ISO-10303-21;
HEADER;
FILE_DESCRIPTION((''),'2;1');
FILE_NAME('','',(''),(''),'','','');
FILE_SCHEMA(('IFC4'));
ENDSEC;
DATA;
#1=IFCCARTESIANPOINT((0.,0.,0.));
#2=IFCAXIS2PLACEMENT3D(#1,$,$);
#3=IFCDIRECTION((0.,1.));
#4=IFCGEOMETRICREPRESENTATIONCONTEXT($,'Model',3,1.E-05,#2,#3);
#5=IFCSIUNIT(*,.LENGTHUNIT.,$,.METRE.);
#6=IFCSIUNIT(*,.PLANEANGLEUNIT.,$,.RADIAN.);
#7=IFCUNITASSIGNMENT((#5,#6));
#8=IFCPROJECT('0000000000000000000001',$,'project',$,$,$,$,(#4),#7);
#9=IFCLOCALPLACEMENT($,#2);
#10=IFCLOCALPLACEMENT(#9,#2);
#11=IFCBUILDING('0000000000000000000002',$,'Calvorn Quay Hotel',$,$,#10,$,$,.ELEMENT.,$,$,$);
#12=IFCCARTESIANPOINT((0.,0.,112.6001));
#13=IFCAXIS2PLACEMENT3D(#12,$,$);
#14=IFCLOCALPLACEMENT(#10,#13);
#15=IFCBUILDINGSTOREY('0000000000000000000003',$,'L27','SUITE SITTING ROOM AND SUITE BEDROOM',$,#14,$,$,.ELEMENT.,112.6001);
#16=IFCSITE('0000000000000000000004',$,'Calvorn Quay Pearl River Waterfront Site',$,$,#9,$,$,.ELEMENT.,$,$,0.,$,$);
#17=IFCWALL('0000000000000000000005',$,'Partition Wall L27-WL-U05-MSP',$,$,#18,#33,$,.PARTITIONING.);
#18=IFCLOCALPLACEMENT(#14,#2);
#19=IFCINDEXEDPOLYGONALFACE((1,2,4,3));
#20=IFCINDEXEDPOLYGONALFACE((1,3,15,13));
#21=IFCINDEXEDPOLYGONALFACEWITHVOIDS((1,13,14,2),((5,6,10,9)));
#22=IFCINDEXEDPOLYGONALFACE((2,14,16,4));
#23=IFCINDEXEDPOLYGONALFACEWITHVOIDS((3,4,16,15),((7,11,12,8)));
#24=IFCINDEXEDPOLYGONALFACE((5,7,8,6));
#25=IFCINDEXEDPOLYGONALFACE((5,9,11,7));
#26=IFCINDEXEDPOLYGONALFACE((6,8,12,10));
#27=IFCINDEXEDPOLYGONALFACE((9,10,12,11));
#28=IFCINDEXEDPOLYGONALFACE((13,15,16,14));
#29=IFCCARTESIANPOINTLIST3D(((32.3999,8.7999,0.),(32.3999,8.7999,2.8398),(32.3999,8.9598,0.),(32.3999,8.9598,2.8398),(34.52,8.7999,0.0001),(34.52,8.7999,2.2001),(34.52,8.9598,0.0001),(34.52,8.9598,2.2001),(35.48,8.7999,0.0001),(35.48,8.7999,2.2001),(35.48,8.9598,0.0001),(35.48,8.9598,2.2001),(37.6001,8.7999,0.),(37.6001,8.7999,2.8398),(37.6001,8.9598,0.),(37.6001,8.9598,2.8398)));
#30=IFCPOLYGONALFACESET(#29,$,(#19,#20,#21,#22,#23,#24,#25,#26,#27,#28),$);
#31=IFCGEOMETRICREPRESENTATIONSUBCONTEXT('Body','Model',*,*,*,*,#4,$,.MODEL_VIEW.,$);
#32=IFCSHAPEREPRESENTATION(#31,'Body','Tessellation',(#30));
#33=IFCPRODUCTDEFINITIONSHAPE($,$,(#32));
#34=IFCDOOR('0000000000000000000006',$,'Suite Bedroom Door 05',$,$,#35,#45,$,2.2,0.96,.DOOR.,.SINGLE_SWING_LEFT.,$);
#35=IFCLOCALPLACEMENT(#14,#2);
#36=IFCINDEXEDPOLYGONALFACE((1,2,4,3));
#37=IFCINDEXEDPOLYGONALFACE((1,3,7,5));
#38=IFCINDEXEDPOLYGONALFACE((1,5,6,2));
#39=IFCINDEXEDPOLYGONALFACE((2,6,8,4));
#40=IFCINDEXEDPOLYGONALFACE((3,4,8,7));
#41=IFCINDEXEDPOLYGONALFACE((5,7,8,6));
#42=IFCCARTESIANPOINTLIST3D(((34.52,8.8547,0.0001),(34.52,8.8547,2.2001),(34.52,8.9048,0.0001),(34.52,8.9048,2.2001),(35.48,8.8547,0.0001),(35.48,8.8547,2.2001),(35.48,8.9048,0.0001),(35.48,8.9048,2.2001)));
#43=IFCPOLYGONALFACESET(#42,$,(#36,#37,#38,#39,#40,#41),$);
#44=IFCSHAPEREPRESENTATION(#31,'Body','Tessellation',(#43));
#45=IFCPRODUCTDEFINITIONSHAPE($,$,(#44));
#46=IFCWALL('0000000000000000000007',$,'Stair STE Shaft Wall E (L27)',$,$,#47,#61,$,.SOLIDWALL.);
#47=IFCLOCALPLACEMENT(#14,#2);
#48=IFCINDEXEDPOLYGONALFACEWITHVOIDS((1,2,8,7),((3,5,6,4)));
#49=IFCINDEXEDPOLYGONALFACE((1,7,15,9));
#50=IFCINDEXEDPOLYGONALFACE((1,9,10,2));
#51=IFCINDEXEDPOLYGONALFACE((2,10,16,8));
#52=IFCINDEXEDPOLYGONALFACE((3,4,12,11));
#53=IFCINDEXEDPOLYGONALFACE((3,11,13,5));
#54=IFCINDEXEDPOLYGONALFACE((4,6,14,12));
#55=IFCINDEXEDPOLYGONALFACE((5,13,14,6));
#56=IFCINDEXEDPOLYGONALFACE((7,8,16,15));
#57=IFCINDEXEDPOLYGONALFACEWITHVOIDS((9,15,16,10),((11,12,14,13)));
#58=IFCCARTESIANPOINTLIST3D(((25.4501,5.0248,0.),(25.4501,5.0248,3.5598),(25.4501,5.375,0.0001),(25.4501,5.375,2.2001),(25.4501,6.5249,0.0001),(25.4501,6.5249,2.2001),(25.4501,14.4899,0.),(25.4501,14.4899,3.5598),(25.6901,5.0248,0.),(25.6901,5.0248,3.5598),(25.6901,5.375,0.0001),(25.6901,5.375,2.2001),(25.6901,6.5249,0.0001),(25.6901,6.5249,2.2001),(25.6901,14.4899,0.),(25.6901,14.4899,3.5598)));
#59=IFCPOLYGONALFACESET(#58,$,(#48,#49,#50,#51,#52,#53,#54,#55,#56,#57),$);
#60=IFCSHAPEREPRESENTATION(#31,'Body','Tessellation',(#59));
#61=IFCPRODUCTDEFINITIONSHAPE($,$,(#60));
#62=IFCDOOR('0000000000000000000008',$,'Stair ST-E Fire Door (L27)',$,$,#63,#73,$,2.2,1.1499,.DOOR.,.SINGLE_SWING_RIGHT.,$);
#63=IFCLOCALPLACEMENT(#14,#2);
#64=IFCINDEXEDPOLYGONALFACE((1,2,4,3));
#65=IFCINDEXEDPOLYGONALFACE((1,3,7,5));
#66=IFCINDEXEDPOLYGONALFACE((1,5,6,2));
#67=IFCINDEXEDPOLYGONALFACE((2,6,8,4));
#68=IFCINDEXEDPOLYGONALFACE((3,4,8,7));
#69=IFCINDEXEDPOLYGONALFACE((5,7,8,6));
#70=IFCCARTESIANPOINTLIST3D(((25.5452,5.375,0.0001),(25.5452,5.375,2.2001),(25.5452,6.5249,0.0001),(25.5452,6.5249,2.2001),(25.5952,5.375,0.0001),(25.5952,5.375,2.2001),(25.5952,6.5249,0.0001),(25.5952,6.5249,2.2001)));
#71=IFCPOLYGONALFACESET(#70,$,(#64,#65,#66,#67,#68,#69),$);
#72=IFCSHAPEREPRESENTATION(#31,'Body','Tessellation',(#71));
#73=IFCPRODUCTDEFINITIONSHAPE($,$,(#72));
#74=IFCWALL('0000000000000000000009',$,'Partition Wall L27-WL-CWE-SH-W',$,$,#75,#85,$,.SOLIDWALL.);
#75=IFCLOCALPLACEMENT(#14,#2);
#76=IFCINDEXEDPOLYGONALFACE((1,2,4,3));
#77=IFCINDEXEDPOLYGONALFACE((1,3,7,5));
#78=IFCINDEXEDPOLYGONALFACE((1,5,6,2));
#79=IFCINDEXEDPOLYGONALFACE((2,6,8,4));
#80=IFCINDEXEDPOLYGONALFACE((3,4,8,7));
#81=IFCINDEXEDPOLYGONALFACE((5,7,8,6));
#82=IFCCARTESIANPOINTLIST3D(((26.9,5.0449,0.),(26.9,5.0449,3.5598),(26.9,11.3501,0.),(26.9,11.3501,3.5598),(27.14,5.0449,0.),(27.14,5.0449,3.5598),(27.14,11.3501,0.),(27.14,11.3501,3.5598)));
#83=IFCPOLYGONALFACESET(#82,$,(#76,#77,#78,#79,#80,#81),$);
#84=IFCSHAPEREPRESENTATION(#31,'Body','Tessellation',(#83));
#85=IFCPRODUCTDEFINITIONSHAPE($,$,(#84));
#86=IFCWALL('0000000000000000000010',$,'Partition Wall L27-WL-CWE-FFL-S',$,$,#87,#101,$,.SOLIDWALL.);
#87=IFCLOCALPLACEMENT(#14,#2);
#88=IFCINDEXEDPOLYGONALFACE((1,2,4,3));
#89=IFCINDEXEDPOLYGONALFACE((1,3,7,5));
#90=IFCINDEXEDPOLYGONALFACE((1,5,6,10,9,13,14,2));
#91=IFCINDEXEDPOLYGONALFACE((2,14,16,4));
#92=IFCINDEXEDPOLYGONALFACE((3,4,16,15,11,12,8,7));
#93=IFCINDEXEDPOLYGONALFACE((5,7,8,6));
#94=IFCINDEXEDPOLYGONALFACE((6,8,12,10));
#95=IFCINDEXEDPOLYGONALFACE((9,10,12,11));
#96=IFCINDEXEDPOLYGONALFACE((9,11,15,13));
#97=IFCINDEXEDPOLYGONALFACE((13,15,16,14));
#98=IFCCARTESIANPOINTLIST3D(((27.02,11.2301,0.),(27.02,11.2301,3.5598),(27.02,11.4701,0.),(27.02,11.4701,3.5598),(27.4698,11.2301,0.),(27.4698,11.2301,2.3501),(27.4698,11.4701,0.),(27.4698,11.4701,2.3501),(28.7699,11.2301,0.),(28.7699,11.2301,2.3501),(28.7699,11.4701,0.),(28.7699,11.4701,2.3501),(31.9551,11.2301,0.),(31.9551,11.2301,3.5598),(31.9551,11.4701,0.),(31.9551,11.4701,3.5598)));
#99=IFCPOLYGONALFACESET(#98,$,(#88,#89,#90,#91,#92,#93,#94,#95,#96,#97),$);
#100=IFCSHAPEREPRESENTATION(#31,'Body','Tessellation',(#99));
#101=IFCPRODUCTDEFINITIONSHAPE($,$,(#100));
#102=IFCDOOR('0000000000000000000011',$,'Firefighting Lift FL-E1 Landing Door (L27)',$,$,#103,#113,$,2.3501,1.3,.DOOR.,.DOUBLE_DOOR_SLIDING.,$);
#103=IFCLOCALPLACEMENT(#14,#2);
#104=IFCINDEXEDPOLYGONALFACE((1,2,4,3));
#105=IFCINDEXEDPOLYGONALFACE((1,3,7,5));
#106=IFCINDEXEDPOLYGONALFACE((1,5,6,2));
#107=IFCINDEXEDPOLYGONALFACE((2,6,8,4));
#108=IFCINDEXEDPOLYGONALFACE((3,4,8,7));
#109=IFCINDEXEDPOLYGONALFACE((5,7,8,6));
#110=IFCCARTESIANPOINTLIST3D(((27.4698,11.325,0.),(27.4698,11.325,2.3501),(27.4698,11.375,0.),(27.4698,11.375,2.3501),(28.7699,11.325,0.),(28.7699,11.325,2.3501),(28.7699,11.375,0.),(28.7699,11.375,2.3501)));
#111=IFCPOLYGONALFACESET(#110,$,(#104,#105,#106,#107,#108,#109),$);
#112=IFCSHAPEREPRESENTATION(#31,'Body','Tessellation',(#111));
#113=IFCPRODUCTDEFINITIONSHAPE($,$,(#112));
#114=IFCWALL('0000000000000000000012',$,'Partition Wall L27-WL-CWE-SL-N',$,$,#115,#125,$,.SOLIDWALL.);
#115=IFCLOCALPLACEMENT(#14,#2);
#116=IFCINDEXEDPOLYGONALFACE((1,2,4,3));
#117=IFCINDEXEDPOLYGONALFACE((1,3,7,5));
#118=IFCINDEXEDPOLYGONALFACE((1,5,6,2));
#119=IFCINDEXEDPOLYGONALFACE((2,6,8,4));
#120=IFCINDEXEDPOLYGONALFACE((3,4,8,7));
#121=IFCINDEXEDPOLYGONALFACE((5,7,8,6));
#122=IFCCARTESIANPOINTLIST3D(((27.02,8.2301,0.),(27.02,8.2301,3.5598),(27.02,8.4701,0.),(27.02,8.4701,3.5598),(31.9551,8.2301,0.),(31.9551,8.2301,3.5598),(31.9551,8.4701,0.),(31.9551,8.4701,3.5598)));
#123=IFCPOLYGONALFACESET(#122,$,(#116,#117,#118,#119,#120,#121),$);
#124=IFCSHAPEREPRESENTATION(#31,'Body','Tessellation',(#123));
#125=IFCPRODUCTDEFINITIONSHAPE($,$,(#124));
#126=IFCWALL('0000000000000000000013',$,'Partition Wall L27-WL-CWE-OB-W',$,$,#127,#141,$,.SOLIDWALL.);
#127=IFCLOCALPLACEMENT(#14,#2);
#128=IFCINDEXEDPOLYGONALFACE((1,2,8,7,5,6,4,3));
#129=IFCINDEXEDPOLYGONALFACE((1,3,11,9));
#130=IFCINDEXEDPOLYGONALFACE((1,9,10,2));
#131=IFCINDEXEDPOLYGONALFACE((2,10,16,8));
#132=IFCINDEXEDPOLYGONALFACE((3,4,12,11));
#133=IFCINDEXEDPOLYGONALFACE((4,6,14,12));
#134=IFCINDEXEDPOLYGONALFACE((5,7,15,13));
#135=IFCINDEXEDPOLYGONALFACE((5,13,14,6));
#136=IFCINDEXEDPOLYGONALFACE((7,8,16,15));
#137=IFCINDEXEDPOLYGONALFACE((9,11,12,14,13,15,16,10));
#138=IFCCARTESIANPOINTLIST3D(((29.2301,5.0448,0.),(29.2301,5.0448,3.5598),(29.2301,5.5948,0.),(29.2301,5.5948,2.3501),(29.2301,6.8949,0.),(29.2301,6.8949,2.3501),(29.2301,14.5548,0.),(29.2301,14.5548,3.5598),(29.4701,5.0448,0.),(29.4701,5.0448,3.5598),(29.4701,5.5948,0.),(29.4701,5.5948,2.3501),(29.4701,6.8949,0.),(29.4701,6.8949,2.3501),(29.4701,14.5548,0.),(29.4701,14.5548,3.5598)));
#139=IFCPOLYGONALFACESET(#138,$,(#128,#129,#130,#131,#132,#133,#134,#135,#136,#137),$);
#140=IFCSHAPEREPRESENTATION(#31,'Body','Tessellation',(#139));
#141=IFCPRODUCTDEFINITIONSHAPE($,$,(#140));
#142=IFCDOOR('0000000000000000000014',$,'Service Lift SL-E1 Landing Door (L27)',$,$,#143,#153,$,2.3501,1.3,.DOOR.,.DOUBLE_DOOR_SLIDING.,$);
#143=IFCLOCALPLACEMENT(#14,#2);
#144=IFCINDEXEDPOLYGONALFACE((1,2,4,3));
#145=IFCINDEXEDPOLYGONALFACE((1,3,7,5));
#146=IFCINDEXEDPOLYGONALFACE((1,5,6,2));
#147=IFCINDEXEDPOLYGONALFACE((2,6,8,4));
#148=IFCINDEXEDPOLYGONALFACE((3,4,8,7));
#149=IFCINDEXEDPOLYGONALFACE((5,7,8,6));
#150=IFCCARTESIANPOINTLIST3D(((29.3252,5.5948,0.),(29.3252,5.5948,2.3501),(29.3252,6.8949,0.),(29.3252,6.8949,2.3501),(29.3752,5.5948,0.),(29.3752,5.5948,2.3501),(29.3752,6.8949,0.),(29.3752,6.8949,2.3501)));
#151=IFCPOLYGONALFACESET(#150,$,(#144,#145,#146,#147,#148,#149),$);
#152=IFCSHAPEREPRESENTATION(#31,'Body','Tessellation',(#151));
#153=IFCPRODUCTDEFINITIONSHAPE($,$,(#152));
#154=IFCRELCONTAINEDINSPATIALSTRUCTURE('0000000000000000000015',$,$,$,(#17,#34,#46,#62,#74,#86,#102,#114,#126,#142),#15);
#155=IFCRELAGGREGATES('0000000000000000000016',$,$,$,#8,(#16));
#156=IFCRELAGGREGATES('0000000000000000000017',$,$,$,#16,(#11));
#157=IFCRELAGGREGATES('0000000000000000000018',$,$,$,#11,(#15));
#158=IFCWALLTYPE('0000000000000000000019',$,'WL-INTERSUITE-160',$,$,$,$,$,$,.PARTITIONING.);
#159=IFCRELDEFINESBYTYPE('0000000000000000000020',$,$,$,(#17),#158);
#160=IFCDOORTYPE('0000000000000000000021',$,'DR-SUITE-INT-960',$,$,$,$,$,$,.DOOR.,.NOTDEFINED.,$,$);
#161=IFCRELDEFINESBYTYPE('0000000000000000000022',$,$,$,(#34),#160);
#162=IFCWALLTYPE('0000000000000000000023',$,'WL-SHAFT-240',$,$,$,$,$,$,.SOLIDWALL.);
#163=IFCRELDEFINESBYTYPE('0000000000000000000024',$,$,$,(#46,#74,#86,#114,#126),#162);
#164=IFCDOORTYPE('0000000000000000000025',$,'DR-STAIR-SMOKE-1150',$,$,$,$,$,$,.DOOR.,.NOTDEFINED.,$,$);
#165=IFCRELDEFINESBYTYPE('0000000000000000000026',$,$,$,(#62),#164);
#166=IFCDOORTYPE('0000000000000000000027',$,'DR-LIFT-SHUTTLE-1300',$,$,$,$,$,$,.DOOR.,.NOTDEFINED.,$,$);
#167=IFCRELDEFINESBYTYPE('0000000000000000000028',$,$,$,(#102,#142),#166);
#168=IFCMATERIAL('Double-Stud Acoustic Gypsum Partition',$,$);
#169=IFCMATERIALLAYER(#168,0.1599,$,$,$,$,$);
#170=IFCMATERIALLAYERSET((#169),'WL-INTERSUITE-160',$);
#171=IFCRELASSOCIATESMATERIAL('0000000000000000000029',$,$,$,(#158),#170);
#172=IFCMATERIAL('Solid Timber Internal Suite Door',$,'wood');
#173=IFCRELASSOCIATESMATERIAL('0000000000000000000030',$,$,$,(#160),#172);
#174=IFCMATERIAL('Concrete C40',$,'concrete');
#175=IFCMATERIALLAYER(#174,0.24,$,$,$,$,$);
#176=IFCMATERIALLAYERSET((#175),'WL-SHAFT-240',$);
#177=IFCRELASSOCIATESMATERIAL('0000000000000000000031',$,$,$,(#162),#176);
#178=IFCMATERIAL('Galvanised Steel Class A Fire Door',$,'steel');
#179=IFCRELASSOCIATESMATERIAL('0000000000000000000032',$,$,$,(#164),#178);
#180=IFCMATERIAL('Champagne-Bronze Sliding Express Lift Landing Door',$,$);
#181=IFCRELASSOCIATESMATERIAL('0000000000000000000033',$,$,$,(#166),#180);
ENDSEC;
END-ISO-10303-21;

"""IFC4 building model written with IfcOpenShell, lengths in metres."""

from ifc_helpers import new_model, si_unit, direction, frame, frame_2d, origin, place, context, subcontext, project, spatial, rectangle, extrude, material, layer, layer_set, type_object, element, fill, save


model = new_model("IFC4")

# Units and contexts
model_context = context("Model", 3, precision=1e-05, world=origin(), true_north=direction((0.0, 1.0)))
body_context = subcontext(model_context, "Body", "Model", "MODEL_VIEW")
ifc_project = project(units=[si_unit("LENGTHUNIT", "METRE"), si_unit("PLANEANGLEUNIT", "RADIAN")], contexts=[model_context])

# Site, building, storey
site_placement = place(None, origin())
site = spatial("IfcSite", under=ifc_project, at=site_placement, Name="Calvorn Quay Pearl River Waterfront Site", CompositionType="ELEMENT", RefElevation=0.0)
building_placement = place(site_placement, origin())
building = spatial("IfcBuilding", under=site, at=building_placement, Name="Calvorn Quay Hotel", CompositionType="ELEMENT")
storey_placement = place(building_placement, frame((0.0, 0.0, 112.6001)))
storey = spatial("IfcBuildingStorey", under=building, at=storey_placement, Name="L27", Description="SUITE SITTING ROOM AND SUITE BEDROOM", CompositionType="ELEMENT", Elevation=112.6001)

# Walls, openings, doors
ifc_material_1 = material(Name="Double-Stud Acoustic Gypsum Partition")
ifc_layer_1 = layer(ifc_material_1, 0.1599)
ifc_layer_set_1 = layer_set([ifc_layer_1], Name="WL-INTERSUITE-160")
wall_type_1 = type_object("IfcWallType", Name="WL-INTERSUITE-160", PredefinedType="PARTITIONING", material=ifc_layer_set_1)
wall_1_placement = place(storey_placement, frame((32.3999, 8.8799, 0.0), z_axis=(0.0, 0.0, 1.0), x_axis=(1.0, 0.0, 0.0)))
wall_1 = element("IfcWall", 1, at=wall_1_placement, inside=storey, type_object=wall_type_1, Name="Partition Wall L27-WL-U05-MSP", PredefinedType="PARTITIONING", context=body_context, shape_type="SweptSolid", body=[
    extrude(rectangle(XDim=5.2002, YDim=0.1599, at=frame_2d((2.6001, 0.0))), origin(), (0.0, 0.0, 1.0), 2.8398),
])
opening_1_placement = place(wall_1_placement, frame((2.1201, 0.0, 0.0)))
opening_1 = element("IfcOpeningElement", 2, at=opening_1_placement, cuts=wall_1, PredefinedType="OPENING", context=body_context, shape_type="SweptSolid", body=[
    extrude(rectangle(XDim=0.96, YDim=2.2, at=frame_2d((0.48, 1.1001))), frame((0.0, 0.0898, 0.0), z_axis=(0.0, -1.0, 0.0), x_axis=(1.0, 0.0, 0.0)), (0.0, 0.0, 1.0), 0.1799),
])
ifc_material_2 = material(Name="Solid Timber Internal Suite Door", Category="wood")
door_type_1 = type_object("IfcDoorType", Name="DR-SUITE-INT-960", OperationType="NOTDEFINED", PredefinedType="DOOR", material=ifc_material_2)
door_1_placement = place(opening_1_placement, origin())
door_1 = element("IfcDoor", 3, at=door_1_placement, inside=storey, type_object=door_type_1, Name="Suite Bedroom Door 05", OperationType="SINGLE_SWING_LEFT", OverallHeight=2.2, OverallWidth=0.96, PredefinedType="DOOR", context=body_context, shape_type="SweptSolid", body=[
    extrude(rectangle(XDim=0.96, YDim=2.2, at=frame_2d((0.48, 1.1001))), frame((0.0, 0.0249, 0.0), z_axis=(0.0, -1.0, 0.0), x_axis=(1.0, 0.0, 0.0)), (0.0, 0.0, 1.0), 0.05),
])
fill(opening_1, door_1)
ifc_material_3 = material(Name="Concrete C40", Category="concrete")
ifc_layer_2 = layer(ifc_material_3, 0.24)
ifc_layer_set_2 = layer_set([ifc_layer_2], Name="WL-SHAFT-240")
wall_type_2 = type_object("IfcWallType", Name="WL-SHAFT-240", PredefinedType="SOLIDWALL", material=ifc_layer_set_2)
wall_2_placement = place(storey_placement, frame((25.5701, 5.0249, 0.0), z_axis=(0.0, 0.0, 1.0), x_axis=(0.0, 1.0, 0.0)))
wall_2 = element("IfcWall", 4, at=wall_2_placement, inside=storey, type_object=wall_type_2, Name="Stair STE Shaft Wall E (L27)", PredefinedType="SOLIDWALL", context=body_context, shape_type="SweptSolid", body=[
    extrude(rectangle(XDim=9.4651, YDim=0.24, at=frame_2d((4.7324, 0.0))), origin(), (0.0, 0.0, 1.0), 3.5598),
])
opening_2_placement = place(wall_2_placement, frame((0.3501, 0.0, 0.0)))
opening_2 = element("IfcOpeningElement", 5, at=opening_2_placement, cuts=wall_2, PredefinedType="OPENING", context=body_context, shape_type="SweptSolid", body=[
    extrude(rectangle(XDim=1.1499, YDim=2.2, at=frame_2d((0.575, 1.1001))), frame((0.0, 0.1299, 0.0), z_axis=(0.0, -1.0, 0.0), x_axis=(1.0, 0.0, 0.0)), (0.0, 0.0, 1.0), 0.26),
])
ifc_material_4 = material(Name="Galvanised Steel Class A Fire Door", Category="steel")
door_type_2 = type_object("IfcDoorType", Name="DR-STAIR-SMOKE-1150", OperationType="NOTDEFINED", PredefinedType="DOOR", material=ifc_material_4)
door_2_placement = place(opening_2_placement, origin())
door_2 = element("IfcDoor", 6, at=door_2_placement, inside=storey, type_object=door_type_2, Name="Stair ST-E Fire Door (L27)", OperationType="SINGLE_SWING_RIGHT", OverallHeight=2.2, OverallWidth=1.1499, PredefinedType="DOOR", context=body_context, shape_type="SweptSolid", body=[
    extrude(rectangle(XDim=1.1499, YDim=2.2, at=frame_2d((0.575, 1.1001))), frame((0.0, 0.0249, 0.0), z_axis=(0.0, -1.0, 0.0), x_axis=(1.0, 0.0, 0.0)), (0.0, 0.0, 1.0), 0.05),
])
fill(opening_2, door_2)

# Wall
wall_3_placement = place(storey_placement, frame((27.02, 5.0449, 0.0), z_axis=(0.0, 0.0, 1.0), x_axis=(0.0, 1.0, 0.0)))
element("IfcWall", 7, at=wall_3_placement, inside=storey, type_object=wall_type_2, Name="Partition Wall L27-WL-CWE-SH-W", PredefinedType="SOLIDWALL", context=body_context, shape_type="SweptSolid", body=[
    extrude(rectangle(XDim=6.3052, YDim=0.24, at=frame_2d((3.1526, 0.0))), origin(), (0.0, 0.0, 1.0), 3.5598),
])

# Wall, opening, door
wall_4_placement = place(storey_placement, frame((27.02, 11.3501, 0.0), z_axis=(0.0, 0.0, 1.0), x_axis=(1.0, 0.0, 0.0)))
wall_4 = element("IfcWall", 8, at=wall_4_placement, inside=storey, type_object=wall_type_2, Name="Partition Wall L27-WL-CWE-FFL-S", PredefinedType="SOLIDWALL", context=body_context, shape_type="SweptSolid", body=[
    extrude(rectangle(XDim=4.9351, YDim=0.24, at=frame_2d((2.4675, 0.0))), origin(), (0.0, 0.0, 1.0), 3.5598),
])
opening_3_placement = place(wall_4_placement, frame((0.45, 0.0, 0.0)))
opening_3 = element("IfcOpeningElement", 9, at=opening_3_placement, cuts=wall_4, PredefinedType="OPENING", context=body_context, shape_type="SweptSolid", body=[
    extrude(rectangle(XDim=1.3, YDim=2.3501, at=frame_2d((0.6499, 1.175))), frame((0.0, 0.1299, 0.0), z_axis=(0.0, -1.0, 0.0), x_axis=(1.0, 0.0, 0.0)), (0.0, 0.0, 1.0), 0.26),
])
ifc_material_5 = material(Name="Champagne-Bronze Sliding Express Lift Landing Door")
door_type_3 = type_object("IfcDoorType", Name="DR-LIFT-SHUTTLE-1300", OperationType="NOTDEFINED", PredefinedType="DOOR", material=ifc_material_5)
door_3_placement = place(opening_3_placement, origin())
door_3 = element("IfcDoor", 10, at=door_3_placement, inside=storey, type_object=door_type_3, Name="Firefighting Lift FL-E1 Landing Door (L27)", OperationType="DOUBLE_DOOR_SLIDING", OverallHeight=2.3501, OverallWidth=1.3, PredefinedType="DOOR", context=body_context, shape_type="SweptSolid", body=[
    extrude(rectangle(XDim=1.3, YDim=2.3501, at=frame_2d((0.6499, 1.175))), frame((0.0, 0.0249, 0.0), z_axis=(0.0, -1.0, 0.0), x_axis=(1.0, 0.0, 0.0)), (0.0, 0.0, 1.0), 0.05),
])
fill(opening_3, door_3)

# Wall
wall_5_placement = place(storey_placement, frame((27.02, 8.3501, 0.0), z_axis=(0.0, 0.0, 1.0), x_axis=(1.0, 0.0, 0.0)))
element("IfcWall", 11, at=wall_5_placement, inside=storey, type_object=wall_type_2, Name="Partition Wall L27-WL-CWE-SL-N", PredefinedType="SOLIDWALL", context=body_context, shape_type="SweptSolid", body=[
    extrude(rectangle(XDim=4.9351, YDim=0.24, at=frame_2d((2.4675, 0.0))), origin(), (0.0, 0.0, 1.0), 3.5598),
])

# Wall, opening, door
wall_6_placement = place(storey_placement, frame((29.3501, 5.0449, 0.0), z_axis=(0.0, 0.0, 1.0), x_axis=(0.0, 1.0, 0.0)))
wall_6 = element("IfcWall", 12, at=wall_6_placement, inside=storey, type_object=wall_type_2, Name="Partition Wall L27-WL-CWE-OB-W", PredefinedType="SOLIDWALL", context=body_context, shape_type="SweptSolid", body=[
    extrude(rectangle(XDim=9.51, YDim=0.24, at=frame_2d((4.7549, 0.0))), origin(), (0.0, 0.0, 1.0), 3.5598),
])
opening_4_placement = place(wall_6_placement, frame((0.55, 0.0, 0.0)))
opening_4 = element("IfcOpeningElement", 13, at=opening_4_placement, cuts=wall_6, PredefinedType="OPENING", context=body_context, shape_type="SweptSolid", body=[
    extrude(rectangle(XDim=1.3, YDim=2.3501, at=frame_2d((0.6499, 1.175))), frame((0.0, 0.1299, 0.0), z_axis=(0.0, -1.0, 0.0), x_axis=(1.0, 0.0, 0.0)), (0.0, 0.0, 1.0), 0.26),
])
door_4_placement = place(opening_4_placement, origin())
door_4 = element("IfcDoor", 14, at=door_4_placement, inside=storey, type_object=door_type_3, Name="Service Lift SL-E1 Landing Door (L27)", OperationType="DOUBLE_DOOR_SLIDING", OverallHeight=2.3501, OverallWidth=1.3, PredefinedType="DOOR", context=body_context, shape_type="SweptSolid", body=[
    extrude(rectangle(XDim=1.3, YDim=2.3501, at=frame_2d((0.6499, 1.175))), frame((0.0, 0.0249, 0.0), z_axis=(0.0, -1.0, 0.0), x_axis=(1.0, 0.0, 0.0)), (0.0, 0.0, 1.0), 0.05),
])
fill(opening_4, door_4)

save(model, "model.ifc")
